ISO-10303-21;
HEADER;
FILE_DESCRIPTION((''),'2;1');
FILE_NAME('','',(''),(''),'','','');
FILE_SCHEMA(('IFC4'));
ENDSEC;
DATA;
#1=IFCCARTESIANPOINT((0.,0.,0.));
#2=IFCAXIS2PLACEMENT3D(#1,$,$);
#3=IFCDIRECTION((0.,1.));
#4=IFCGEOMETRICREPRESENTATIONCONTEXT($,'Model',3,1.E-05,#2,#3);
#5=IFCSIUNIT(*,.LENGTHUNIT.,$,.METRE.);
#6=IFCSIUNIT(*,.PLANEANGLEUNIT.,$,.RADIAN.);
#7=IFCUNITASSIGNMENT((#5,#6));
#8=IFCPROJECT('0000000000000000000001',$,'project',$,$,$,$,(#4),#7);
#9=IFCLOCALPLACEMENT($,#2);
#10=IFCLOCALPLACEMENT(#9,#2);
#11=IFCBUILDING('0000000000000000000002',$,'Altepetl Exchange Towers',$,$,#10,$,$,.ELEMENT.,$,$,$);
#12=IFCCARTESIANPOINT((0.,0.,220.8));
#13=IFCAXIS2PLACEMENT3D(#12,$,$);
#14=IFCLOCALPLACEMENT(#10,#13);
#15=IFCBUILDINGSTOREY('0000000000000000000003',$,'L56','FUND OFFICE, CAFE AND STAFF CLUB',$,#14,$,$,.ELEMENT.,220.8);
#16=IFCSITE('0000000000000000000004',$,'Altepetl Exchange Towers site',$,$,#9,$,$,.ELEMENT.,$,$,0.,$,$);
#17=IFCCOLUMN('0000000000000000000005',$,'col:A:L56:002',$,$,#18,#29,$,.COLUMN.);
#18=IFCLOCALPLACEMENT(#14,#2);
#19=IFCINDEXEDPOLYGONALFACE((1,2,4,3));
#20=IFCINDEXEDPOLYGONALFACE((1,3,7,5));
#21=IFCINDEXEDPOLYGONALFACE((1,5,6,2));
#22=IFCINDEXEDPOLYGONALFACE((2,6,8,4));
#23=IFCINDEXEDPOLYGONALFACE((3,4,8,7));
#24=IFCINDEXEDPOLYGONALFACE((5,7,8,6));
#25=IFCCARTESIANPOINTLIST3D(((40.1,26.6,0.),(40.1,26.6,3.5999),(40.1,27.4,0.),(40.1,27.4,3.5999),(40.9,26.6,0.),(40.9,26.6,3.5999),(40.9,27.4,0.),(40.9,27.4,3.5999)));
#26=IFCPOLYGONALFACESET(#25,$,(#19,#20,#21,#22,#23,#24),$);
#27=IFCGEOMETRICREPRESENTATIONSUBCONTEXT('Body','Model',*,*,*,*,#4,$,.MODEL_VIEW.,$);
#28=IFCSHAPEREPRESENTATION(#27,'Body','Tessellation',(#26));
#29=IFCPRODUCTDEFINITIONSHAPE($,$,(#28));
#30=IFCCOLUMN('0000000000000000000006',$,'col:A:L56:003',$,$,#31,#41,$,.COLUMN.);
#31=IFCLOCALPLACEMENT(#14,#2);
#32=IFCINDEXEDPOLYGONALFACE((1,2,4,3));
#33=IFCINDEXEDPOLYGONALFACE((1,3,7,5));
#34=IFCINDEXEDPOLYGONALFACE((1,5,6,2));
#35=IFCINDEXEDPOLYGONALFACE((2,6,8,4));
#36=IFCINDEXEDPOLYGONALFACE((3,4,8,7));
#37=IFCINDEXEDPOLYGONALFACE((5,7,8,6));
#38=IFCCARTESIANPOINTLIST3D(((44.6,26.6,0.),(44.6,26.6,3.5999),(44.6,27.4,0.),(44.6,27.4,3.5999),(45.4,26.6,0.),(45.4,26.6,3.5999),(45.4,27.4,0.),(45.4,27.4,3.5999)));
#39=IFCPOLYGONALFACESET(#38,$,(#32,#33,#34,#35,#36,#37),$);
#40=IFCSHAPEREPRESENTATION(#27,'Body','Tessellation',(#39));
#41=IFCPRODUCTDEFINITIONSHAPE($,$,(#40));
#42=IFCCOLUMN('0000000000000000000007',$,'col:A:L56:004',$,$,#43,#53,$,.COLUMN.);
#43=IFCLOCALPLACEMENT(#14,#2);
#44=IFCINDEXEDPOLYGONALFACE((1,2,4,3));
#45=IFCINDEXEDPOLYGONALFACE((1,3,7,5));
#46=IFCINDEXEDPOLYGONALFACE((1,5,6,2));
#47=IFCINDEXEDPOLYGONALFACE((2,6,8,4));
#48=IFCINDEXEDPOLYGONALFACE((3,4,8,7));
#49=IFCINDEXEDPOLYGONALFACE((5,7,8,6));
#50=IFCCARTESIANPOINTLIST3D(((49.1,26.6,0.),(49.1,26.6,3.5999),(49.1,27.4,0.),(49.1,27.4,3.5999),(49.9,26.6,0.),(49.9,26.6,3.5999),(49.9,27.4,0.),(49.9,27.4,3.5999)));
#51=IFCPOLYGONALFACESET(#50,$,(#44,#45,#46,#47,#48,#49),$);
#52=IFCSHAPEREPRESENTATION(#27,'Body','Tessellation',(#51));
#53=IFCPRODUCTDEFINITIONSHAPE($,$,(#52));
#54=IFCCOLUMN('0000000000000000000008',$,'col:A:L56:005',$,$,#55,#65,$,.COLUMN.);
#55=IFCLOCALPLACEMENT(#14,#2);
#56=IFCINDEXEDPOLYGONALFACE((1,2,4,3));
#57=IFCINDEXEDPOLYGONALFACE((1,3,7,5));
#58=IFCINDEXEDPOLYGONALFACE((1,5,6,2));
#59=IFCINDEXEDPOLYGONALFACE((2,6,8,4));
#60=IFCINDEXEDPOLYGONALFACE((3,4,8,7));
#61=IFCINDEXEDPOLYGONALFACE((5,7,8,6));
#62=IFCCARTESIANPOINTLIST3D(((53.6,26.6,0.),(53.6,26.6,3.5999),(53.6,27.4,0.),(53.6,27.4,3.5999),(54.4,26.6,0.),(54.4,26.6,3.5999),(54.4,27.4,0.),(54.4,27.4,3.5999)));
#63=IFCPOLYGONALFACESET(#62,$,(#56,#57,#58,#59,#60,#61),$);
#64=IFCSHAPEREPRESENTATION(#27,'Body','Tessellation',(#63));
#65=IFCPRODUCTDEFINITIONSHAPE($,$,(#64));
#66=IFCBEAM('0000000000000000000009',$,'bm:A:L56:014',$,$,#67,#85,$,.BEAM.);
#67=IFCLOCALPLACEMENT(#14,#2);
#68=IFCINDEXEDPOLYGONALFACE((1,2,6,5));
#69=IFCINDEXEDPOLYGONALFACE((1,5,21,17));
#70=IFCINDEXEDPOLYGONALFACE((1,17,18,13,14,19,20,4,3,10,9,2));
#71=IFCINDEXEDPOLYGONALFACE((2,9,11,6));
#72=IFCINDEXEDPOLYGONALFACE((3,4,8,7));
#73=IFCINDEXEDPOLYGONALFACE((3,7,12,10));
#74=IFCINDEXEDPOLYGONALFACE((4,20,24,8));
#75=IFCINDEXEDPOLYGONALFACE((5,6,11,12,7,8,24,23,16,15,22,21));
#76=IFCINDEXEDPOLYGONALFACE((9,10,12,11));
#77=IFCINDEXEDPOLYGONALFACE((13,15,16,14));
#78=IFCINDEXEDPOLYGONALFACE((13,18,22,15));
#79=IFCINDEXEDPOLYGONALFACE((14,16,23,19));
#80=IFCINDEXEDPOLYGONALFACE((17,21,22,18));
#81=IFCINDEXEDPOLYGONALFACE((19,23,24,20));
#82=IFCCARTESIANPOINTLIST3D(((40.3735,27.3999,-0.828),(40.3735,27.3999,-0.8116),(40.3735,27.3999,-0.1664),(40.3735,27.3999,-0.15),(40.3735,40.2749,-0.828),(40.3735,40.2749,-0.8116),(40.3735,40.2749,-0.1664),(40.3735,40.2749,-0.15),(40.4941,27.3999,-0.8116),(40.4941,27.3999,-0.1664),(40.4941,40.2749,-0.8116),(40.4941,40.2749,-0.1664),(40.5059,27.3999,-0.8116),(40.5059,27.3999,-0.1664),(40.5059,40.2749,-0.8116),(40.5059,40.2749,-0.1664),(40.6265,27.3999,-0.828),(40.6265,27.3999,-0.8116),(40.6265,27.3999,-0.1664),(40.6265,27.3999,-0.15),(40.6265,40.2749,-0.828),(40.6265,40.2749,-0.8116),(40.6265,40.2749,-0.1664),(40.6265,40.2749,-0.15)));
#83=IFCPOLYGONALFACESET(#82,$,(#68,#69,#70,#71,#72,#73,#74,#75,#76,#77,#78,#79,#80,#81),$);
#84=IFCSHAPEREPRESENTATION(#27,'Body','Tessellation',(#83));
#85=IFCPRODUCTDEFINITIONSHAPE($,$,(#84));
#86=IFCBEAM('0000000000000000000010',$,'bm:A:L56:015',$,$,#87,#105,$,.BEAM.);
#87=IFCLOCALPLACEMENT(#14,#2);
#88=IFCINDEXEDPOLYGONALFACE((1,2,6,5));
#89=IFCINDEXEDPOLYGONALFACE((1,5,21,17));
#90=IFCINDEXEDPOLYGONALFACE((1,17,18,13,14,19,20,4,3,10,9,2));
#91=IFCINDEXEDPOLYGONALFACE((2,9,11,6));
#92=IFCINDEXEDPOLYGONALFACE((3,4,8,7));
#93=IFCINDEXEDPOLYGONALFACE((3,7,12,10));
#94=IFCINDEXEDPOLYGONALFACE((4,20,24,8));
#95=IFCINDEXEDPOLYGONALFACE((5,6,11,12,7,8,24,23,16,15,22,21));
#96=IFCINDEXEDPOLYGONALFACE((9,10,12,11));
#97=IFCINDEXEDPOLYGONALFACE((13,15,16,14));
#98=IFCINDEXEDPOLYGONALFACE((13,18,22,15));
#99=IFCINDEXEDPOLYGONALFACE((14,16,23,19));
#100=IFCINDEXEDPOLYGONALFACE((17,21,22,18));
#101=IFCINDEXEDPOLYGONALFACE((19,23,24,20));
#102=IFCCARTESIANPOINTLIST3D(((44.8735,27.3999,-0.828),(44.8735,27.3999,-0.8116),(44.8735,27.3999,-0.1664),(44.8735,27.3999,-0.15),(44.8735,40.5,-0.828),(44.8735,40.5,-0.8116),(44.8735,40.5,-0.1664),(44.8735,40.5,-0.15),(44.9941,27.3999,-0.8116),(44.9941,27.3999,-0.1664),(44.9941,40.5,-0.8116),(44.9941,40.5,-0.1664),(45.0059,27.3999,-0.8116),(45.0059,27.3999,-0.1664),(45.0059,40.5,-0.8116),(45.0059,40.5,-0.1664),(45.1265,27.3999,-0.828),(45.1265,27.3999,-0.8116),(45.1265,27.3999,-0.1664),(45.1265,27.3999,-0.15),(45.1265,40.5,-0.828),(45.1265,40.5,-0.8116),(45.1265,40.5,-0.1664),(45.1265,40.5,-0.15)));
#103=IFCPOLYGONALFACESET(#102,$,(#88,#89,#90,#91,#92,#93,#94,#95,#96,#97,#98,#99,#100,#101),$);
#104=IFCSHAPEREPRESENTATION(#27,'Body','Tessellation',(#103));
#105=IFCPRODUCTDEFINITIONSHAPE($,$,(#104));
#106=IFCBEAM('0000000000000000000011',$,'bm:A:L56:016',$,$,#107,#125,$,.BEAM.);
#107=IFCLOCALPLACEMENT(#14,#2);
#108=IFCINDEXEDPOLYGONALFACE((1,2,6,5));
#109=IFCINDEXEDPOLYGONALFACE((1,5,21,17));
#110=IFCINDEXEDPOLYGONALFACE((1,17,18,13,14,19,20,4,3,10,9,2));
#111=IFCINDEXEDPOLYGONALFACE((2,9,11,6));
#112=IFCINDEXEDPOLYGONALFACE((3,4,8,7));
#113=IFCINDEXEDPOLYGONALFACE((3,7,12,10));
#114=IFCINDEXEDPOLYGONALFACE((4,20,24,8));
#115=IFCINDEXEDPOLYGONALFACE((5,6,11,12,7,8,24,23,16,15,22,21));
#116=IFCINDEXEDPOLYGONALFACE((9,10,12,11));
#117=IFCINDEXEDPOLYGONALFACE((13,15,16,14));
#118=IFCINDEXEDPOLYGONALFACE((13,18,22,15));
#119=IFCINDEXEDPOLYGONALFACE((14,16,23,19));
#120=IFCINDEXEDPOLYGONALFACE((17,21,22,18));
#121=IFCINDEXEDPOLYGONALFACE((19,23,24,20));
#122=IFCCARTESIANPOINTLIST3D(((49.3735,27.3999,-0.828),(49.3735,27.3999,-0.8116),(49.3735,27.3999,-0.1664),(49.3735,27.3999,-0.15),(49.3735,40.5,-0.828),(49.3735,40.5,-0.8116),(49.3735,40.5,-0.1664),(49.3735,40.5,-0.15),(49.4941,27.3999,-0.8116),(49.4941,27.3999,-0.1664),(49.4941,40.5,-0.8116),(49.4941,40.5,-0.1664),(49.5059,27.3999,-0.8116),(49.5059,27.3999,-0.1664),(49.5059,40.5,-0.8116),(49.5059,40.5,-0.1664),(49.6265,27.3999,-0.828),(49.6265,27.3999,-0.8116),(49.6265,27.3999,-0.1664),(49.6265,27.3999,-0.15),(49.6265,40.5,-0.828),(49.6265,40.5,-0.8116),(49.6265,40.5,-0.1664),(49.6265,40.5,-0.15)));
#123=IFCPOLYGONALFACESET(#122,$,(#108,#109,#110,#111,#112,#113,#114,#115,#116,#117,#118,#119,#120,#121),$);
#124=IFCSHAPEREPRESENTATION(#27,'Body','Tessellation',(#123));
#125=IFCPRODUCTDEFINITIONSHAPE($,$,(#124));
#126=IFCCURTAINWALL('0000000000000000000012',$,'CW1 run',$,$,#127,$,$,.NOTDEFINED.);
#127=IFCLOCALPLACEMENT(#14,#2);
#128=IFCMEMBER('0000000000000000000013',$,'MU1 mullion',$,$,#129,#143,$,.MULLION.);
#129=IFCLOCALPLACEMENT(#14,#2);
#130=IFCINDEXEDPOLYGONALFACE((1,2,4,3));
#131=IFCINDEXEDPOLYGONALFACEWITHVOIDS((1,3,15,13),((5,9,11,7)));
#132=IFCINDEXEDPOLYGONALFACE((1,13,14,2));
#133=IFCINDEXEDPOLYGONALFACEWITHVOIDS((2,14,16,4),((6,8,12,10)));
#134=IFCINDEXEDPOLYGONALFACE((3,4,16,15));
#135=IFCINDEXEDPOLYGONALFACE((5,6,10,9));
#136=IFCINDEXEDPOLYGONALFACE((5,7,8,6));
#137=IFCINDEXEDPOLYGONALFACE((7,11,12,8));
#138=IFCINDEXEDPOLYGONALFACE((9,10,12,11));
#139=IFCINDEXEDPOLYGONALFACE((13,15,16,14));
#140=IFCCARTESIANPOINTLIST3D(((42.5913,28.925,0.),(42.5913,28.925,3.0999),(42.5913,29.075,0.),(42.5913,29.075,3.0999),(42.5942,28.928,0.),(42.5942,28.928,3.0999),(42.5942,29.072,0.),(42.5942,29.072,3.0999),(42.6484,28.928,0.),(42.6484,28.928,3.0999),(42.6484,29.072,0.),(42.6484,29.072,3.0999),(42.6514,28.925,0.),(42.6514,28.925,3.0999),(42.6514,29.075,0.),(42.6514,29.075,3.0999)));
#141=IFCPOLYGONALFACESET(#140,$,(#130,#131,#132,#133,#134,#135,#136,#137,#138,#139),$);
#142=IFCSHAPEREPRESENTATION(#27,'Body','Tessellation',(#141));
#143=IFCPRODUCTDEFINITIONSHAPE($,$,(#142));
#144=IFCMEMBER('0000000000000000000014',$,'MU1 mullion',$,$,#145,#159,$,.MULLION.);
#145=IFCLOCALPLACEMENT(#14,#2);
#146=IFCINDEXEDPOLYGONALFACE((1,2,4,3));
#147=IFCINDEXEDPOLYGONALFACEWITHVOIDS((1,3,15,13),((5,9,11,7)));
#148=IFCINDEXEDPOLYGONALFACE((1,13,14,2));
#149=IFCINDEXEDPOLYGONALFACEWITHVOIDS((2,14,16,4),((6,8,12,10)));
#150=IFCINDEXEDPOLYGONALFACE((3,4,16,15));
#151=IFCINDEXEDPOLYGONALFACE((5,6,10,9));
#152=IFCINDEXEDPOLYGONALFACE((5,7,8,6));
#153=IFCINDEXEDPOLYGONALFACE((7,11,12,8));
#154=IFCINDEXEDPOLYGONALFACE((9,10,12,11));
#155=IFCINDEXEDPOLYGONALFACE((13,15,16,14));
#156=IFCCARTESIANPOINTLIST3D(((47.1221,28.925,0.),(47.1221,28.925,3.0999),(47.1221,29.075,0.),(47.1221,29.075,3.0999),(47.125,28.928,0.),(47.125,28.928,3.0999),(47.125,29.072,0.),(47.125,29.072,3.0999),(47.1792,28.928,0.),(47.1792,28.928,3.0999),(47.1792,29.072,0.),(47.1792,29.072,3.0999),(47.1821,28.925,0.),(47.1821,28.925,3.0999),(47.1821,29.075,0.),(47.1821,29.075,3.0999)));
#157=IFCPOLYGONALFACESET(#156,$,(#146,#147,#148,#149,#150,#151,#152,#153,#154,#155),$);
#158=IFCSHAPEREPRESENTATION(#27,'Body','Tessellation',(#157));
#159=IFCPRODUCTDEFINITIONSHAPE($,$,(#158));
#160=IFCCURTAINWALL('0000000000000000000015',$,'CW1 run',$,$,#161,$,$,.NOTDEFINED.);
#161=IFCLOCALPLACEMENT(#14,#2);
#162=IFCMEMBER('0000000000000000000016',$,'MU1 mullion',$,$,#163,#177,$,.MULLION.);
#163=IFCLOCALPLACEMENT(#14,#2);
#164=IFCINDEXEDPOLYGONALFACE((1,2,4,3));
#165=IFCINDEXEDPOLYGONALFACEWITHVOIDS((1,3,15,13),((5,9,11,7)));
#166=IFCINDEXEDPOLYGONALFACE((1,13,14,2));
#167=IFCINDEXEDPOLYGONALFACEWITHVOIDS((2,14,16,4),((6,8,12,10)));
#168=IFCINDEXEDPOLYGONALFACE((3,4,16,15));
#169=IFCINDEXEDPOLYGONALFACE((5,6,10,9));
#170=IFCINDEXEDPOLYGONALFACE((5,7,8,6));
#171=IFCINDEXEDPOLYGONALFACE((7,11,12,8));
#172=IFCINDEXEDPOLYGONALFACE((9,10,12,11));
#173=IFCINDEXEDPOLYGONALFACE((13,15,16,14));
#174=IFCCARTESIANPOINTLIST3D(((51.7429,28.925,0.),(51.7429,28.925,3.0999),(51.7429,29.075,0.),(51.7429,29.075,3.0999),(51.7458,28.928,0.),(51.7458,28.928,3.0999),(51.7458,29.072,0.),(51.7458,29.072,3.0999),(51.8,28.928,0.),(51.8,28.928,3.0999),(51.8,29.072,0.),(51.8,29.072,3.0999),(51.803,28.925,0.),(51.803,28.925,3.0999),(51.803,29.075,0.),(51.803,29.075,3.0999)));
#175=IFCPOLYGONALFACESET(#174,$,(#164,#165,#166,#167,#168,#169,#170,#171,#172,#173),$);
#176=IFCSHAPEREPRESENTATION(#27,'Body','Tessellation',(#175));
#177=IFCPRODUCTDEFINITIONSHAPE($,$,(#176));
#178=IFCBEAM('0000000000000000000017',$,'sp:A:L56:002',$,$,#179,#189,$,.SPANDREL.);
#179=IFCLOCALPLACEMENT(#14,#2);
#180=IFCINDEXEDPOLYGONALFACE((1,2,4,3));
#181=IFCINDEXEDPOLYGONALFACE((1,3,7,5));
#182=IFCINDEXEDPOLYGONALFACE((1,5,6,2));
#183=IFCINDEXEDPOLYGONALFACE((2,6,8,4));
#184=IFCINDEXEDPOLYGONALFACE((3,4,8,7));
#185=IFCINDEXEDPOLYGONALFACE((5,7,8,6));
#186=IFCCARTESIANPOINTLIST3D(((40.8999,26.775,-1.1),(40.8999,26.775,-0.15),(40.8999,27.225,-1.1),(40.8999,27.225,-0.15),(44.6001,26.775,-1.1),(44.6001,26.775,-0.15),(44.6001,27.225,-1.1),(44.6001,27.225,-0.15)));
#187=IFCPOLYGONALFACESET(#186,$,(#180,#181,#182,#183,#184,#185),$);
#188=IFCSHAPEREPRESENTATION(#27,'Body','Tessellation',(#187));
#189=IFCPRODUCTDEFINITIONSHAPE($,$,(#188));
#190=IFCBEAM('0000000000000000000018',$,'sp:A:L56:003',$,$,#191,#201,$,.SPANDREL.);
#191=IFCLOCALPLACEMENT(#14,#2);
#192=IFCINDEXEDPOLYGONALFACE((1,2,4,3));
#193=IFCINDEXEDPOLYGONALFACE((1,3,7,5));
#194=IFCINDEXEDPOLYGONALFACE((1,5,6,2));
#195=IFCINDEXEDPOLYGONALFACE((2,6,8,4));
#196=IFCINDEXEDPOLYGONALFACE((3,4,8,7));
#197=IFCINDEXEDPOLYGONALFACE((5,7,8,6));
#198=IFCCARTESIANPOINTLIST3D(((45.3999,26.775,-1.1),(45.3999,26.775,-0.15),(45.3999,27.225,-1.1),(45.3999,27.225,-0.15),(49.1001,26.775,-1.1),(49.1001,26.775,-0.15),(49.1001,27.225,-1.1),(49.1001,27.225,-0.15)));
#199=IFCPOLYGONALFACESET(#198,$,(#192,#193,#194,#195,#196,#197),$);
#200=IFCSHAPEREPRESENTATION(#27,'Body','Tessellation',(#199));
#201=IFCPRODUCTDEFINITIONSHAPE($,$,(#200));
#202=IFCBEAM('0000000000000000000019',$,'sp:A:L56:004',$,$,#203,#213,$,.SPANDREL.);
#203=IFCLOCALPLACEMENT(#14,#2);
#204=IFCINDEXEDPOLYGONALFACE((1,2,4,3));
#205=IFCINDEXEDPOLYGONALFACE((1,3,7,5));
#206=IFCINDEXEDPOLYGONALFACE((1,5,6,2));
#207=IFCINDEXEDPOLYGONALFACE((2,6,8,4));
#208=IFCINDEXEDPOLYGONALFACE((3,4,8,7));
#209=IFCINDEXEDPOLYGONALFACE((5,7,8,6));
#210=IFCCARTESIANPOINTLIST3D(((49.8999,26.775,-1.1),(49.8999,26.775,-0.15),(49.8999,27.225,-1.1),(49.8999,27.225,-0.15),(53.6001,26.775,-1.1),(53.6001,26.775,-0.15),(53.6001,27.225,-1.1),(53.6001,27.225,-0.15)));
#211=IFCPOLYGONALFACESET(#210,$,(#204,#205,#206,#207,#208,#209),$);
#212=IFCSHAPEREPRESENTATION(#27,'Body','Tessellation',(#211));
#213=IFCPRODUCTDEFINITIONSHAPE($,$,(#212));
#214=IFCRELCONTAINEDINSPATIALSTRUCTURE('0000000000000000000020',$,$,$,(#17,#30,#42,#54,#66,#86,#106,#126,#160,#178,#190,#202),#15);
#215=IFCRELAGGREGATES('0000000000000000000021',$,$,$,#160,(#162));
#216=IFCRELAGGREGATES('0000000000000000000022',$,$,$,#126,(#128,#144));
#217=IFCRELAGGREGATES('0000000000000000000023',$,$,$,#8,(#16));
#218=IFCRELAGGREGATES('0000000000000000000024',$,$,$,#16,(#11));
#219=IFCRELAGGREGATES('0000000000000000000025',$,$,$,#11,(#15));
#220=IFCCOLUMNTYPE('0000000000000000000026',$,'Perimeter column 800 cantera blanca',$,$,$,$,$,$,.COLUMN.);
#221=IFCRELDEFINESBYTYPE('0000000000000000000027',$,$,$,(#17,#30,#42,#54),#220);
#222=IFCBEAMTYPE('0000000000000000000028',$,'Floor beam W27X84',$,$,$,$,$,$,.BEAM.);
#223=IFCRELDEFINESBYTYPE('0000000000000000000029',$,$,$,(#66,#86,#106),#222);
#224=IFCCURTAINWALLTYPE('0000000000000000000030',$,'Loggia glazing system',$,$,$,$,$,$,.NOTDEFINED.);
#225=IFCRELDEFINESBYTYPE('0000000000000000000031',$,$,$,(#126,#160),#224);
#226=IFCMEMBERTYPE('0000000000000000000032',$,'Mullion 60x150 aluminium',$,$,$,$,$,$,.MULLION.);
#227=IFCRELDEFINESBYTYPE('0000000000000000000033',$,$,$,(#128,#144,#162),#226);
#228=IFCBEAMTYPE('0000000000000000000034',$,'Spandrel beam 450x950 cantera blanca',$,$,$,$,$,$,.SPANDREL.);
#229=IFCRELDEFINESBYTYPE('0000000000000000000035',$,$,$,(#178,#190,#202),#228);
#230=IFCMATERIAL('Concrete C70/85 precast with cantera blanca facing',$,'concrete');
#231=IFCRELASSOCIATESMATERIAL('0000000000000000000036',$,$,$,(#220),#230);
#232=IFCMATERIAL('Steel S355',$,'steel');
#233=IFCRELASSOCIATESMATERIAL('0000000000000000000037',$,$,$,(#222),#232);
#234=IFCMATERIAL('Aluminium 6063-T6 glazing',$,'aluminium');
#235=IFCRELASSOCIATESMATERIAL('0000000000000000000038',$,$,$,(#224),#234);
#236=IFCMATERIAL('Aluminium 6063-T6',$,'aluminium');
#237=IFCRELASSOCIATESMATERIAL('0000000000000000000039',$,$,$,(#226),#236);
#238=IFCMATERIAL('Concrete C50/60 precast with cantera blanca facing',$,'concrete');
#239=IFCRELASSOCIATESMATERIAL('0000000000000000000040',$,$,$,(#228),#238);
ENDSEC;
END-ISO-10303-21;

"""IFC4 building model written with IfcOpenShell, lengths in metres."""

from ifc_helpers import new_model, si_unit, direction, frame, origin, origin_2d, place, context, subcontext, project, spatial, rectangle, hollow_rectangle, i_section, extrude, material, material_profile, profile_set, type_object, element, aggregate, save


model = new_model("IFC4")

# Units and contexts
model_context = context("Model", 3, precision=1e-05, world=origin(), true_north=direction((0.0, 1.0)))
body_context = subcontext(model_context, "Body", "Model", "MODEL_VIEW")
ifc_project = project(units=[si_unit("LENGTHUNIT", "METRE"), si_unit("PLANEANGLEUNIT", "RADIAN")], contexts=[model_context])

# Site, building, storey
site_placement = place(None, origin())
site = spatial("IfcSite", under=ifc_project, at=site_placement, Name="Altepetl Exchange Towers site", CompositionType="ELEMENT", RefElevation=0.0)
building_placement = place(site_placement, origin())
building = spatial("IfcBuilding", under=site, at=building_placement, Name="Altepetl Exchange Towers", CompositionType="ELEMENT")
storey_placement = place(building_placement, frame((0.0, 0.0, 220.8)))
storey = spatial("IfcBuildingStorey", under=building, at=storey_placement, Name="L56", Description="FUND OFFICE, CAFE AND STAFF CLUB", CompositionType="ELEMENT", Elevation=220.8)

# Columns
ifc_material_1 = material(Name="Concrete C70/85 precast with cantera blanca facing", Category="concrete")
ifc_material_profile_1 = material_profile(ifc_material_1, rectangle(XDim=0.8, YDim=0.8, at=origin_2d()), Name="800 x 800")
ifc_profile_set_1 = profile_set([ifc_material_profile_1], Name="Concrete C70/85 precast with cantera blanca facing")
column_type = type_object("IfcColumnType", Name="Perimeter column 800 cantera blanca", PredefinedType="COLUMN", material=ifc_profile_set_1)
for number, where, name in (
    (1, (40.5, 27.0, 0.0), "col:A:L56:002"),
    (2, (45.0, 27.0, 0.0), "col:A:L56:003"),
    (3, (49.5, 27.0, 0.0), "col:A:L56:004"),
    (4, (54.0, 27.0, 0.0), "col:A:L56:005"),
):
    element("IfcColumn", number, at=place(storey_placement, frame(where)), inside=storey, type_object=column_type, Name=name, PredefinedType="COLUMN", context=body_context, shape_type="SweptSolid", body=[
        extrude(rectangle(XDim=0.8, YDim=0.8, at=origin_2d()), origin(), (0.0, 0.0, 1.0), 3.5999),
    ])

# Beams
ifc_material_2 = material(Name="Steel S355", Category="steel")
ifc_material_profile_2 = material_profile(ifc_material_2, i_section(OverallWidth=0.2529, OverallDepth=0.678, WebThickness=0.0117, FlangeThickness=0.0164, at=origin_2d()), Name="W27X84")
ifc_profile_set_2 = profile_set([ifc_material_profile_2], Name="Steel S355")
beam_type_1 = type_object("IfcBeamType", Name="Floor beam W27X84", PredefinedType="BEAM", material=ifc_profile_set_2)
beam_placement = place(storey_placement, frame((40.5, 27.3999, -0.489), z_axis=(0.0, 1.0, 0.0), x_axis=(-1.0, 0.0, 0.0)))
element("IfcBeam", 5, at=beam_placement, inside=storey, type_object=beam_type_1, Name="bm:A:L56:014", PredefinedType="BEAM", context=body_context, shape_type="SweptSolid", body=[
    extrude(i_section(OverallWidth=0.2529, OverallDepth=0.678, WebThickness=0.0117, FlangeThickness=0.0164, at=origin_2d()), origin(), (0.0, 0.0, 1.0), 12.875),
])
for number, where, z_axis, x_axis, name in (
    (6, (45.0, 27.3999, -0.489), (0.0, 1.0, 0.0), (-1.0, 0.0, 0.0), "bm:A:L56:015"),
    (7, (49.5, 27.3999, -0.489), (0.0, 1.0, 0.0), (-1.0, 0.0, 0.0), "bm:A:L56:016"),
):
    element("IfcBeam", number, at=place(storey_placement, frame(where, z_axis=z_axis, x_axis=x_axis)), inside=storey, type_object=beam_type_1, Name=name, PredefinedType="BEAM", context=body_context, shape_type="SweptSolid", body=[
        extrude(i_section(OverallWidth=0.2529, OverallDepth=0.678, WebThickness=0.0117, FlangeThickness=0.0164, at=origin_2d()), origin(), (0.0, 0.0, 1.0), 13.1001),
    ])

# Curtain wall, members
ifc_material_3 = material(Name="Aluminium 6063-T6 glazing", Category="aluminium")
curtain_wall_type = type_object("IfcCurtainWallType", Name="Loggia glazing system", PredefinedType="NOTDEFINED", material=ifc_material_3)
curtain_wall_1_placement = place(storey_placement, origin())
curtain_wall_1 = element("IfcCurtainWall", 8, at=curtain_wall_1_placement, inside=storey, type_object=curtain_wall_type, Name="CW1 run", PredefinedType="NOTDEFINED")
ifc_material_4 = material(Name="Aluminium 6063-T6", Category="aluminium")
ifc_material_profile_3 = material_profile(ifc_material_4, hollow_rectangle(XDim=0.0601, YDim=0.1499, WallThickness=0.0029, at=origin_2d()), Name="Mullion 60x150 aluminium")
ifc_profile_set_3 = profile_set([ifc_material_profile_3], Name="Aluminium 6063-T6")
member_type = type_object("IfcMemberType", Name="Mullion 60x150 aluminium", PredefinedType="MULLION", material=ifc_profile_set_3)
member_1_placement = place(storey_placement, frame((42.6213, 29.0, 0.0)))
member_1 = element("IfcMember", 9, at=member_1_placement, type_object=member_type, Name="MU1 mullion", PredefinedType="MULLION", context=body_context, shape_type="SweptSolid", body=[
    extrude(hollow_rectangle(XDim=0.0601, YDim=0.1499, WallThickness=0.0029, at=origin_2d()), origin(), (0.0, 0.0, 1.0), 3.0999),
])
member_2_placement = place(storey_placement, frame((47.1521, 29.0, 0.0)))
member_2 = element("IfcMember", 10, at=member_2_placement, type_object=member_type, Name="MU1 mullion", PredefinedType="MULLION", context=body_context, shape_type="SweptSolid", body=[
    extrude(hollow_rectangle(XDim=0.0601, YDim=0.1499, WallThickness=0.0029, at=origin_2d()), origin(), (0.0, 0.0, 1.0), 3.0999),
])

# Curtain wall, member
curtain_wall_2_placement = place(storey_placement, origin())
curtain_wall_2 = element("IfcCurtainWall", 11, at=curtain_wall_2_placement, inside=storey, type_object=curtain_wall_type, Name="CW1 run", PredefinedType="NOTDEFINED")
member_3_placement = place(storey_placement, frame((51.7729, 29.0, 0.0)))
member_3 = element("IfcMember", 12, at=member_3_placement, type_object=member_type, Name="MU1 mullion", PredefinedType="MULLION", context=body_context, shape_type="SweptSolid", body=[
    extrude(hollow_rectangle(XDim=0.0601, YDim=0.1499, WallThickness=0.0029, at=origin_2d()), origin(), (0.0, 0.0, 1.0), 3.0999),
])
aggregate(curtain_wall_2, [member_3])

# Beams
ifc_material_5 = material(Name="Concrete C50/60 precast with cantera blanca facing", Category="concrete")
ifc_material_profile_4 = material_profile(ifc_material_5, rectangle(XDim=0.45, YDim=0.95, at=origin_2d()), Name="450 x 950")
ifc_profile_set_4 = profile_set([ifc_material_profile_4], Name="Concrete C50/60 precast with cantera blanca facing")
beam_type_2 = type_object("IfcBeamType", Name="Spandrel beam 450x950 cantera blanca", PredefinedType="SPANDREL", material=ifc_profile_set_4)
for number, where, z_axis, x_axis, name in (
    (13, (40.8999, 27.0, -0.625), (1.0, 0.0, 0.0), (0.0, 1.0, 0.0), "sp:A:L56:002"),
    (14, (45.3999, 27.0, -0.625), (1.0, 0.0, 0.0), (0.0, 1.0, 0.0), "sp:A:L56:003"),
    (15, (49.8999, 27.0, -0.625), (1.0, 0.0, 0.0), (0.0, 1.0, 0.0), "sp:A:L56:004"),
):
    element("IfcBeam", number, at=place(storey_placement, frame(where, z_axis=z_axis, x_axis=x_axis)), inside=storey, type_object=beam_type_2, Name=name, PredefinedType="SPANDREL", context=body_context, shape_type="SweptSolid", body=[
        extrude(rectangle(XDim=0.45, YDim=0.95, at=origin_2d()), origin(), (0.0, 0.0, 1.0), 3.7002),
    ])

aggregate(curtain_wall_1, [member_1, member_2])

save(model, "model.ifc")
